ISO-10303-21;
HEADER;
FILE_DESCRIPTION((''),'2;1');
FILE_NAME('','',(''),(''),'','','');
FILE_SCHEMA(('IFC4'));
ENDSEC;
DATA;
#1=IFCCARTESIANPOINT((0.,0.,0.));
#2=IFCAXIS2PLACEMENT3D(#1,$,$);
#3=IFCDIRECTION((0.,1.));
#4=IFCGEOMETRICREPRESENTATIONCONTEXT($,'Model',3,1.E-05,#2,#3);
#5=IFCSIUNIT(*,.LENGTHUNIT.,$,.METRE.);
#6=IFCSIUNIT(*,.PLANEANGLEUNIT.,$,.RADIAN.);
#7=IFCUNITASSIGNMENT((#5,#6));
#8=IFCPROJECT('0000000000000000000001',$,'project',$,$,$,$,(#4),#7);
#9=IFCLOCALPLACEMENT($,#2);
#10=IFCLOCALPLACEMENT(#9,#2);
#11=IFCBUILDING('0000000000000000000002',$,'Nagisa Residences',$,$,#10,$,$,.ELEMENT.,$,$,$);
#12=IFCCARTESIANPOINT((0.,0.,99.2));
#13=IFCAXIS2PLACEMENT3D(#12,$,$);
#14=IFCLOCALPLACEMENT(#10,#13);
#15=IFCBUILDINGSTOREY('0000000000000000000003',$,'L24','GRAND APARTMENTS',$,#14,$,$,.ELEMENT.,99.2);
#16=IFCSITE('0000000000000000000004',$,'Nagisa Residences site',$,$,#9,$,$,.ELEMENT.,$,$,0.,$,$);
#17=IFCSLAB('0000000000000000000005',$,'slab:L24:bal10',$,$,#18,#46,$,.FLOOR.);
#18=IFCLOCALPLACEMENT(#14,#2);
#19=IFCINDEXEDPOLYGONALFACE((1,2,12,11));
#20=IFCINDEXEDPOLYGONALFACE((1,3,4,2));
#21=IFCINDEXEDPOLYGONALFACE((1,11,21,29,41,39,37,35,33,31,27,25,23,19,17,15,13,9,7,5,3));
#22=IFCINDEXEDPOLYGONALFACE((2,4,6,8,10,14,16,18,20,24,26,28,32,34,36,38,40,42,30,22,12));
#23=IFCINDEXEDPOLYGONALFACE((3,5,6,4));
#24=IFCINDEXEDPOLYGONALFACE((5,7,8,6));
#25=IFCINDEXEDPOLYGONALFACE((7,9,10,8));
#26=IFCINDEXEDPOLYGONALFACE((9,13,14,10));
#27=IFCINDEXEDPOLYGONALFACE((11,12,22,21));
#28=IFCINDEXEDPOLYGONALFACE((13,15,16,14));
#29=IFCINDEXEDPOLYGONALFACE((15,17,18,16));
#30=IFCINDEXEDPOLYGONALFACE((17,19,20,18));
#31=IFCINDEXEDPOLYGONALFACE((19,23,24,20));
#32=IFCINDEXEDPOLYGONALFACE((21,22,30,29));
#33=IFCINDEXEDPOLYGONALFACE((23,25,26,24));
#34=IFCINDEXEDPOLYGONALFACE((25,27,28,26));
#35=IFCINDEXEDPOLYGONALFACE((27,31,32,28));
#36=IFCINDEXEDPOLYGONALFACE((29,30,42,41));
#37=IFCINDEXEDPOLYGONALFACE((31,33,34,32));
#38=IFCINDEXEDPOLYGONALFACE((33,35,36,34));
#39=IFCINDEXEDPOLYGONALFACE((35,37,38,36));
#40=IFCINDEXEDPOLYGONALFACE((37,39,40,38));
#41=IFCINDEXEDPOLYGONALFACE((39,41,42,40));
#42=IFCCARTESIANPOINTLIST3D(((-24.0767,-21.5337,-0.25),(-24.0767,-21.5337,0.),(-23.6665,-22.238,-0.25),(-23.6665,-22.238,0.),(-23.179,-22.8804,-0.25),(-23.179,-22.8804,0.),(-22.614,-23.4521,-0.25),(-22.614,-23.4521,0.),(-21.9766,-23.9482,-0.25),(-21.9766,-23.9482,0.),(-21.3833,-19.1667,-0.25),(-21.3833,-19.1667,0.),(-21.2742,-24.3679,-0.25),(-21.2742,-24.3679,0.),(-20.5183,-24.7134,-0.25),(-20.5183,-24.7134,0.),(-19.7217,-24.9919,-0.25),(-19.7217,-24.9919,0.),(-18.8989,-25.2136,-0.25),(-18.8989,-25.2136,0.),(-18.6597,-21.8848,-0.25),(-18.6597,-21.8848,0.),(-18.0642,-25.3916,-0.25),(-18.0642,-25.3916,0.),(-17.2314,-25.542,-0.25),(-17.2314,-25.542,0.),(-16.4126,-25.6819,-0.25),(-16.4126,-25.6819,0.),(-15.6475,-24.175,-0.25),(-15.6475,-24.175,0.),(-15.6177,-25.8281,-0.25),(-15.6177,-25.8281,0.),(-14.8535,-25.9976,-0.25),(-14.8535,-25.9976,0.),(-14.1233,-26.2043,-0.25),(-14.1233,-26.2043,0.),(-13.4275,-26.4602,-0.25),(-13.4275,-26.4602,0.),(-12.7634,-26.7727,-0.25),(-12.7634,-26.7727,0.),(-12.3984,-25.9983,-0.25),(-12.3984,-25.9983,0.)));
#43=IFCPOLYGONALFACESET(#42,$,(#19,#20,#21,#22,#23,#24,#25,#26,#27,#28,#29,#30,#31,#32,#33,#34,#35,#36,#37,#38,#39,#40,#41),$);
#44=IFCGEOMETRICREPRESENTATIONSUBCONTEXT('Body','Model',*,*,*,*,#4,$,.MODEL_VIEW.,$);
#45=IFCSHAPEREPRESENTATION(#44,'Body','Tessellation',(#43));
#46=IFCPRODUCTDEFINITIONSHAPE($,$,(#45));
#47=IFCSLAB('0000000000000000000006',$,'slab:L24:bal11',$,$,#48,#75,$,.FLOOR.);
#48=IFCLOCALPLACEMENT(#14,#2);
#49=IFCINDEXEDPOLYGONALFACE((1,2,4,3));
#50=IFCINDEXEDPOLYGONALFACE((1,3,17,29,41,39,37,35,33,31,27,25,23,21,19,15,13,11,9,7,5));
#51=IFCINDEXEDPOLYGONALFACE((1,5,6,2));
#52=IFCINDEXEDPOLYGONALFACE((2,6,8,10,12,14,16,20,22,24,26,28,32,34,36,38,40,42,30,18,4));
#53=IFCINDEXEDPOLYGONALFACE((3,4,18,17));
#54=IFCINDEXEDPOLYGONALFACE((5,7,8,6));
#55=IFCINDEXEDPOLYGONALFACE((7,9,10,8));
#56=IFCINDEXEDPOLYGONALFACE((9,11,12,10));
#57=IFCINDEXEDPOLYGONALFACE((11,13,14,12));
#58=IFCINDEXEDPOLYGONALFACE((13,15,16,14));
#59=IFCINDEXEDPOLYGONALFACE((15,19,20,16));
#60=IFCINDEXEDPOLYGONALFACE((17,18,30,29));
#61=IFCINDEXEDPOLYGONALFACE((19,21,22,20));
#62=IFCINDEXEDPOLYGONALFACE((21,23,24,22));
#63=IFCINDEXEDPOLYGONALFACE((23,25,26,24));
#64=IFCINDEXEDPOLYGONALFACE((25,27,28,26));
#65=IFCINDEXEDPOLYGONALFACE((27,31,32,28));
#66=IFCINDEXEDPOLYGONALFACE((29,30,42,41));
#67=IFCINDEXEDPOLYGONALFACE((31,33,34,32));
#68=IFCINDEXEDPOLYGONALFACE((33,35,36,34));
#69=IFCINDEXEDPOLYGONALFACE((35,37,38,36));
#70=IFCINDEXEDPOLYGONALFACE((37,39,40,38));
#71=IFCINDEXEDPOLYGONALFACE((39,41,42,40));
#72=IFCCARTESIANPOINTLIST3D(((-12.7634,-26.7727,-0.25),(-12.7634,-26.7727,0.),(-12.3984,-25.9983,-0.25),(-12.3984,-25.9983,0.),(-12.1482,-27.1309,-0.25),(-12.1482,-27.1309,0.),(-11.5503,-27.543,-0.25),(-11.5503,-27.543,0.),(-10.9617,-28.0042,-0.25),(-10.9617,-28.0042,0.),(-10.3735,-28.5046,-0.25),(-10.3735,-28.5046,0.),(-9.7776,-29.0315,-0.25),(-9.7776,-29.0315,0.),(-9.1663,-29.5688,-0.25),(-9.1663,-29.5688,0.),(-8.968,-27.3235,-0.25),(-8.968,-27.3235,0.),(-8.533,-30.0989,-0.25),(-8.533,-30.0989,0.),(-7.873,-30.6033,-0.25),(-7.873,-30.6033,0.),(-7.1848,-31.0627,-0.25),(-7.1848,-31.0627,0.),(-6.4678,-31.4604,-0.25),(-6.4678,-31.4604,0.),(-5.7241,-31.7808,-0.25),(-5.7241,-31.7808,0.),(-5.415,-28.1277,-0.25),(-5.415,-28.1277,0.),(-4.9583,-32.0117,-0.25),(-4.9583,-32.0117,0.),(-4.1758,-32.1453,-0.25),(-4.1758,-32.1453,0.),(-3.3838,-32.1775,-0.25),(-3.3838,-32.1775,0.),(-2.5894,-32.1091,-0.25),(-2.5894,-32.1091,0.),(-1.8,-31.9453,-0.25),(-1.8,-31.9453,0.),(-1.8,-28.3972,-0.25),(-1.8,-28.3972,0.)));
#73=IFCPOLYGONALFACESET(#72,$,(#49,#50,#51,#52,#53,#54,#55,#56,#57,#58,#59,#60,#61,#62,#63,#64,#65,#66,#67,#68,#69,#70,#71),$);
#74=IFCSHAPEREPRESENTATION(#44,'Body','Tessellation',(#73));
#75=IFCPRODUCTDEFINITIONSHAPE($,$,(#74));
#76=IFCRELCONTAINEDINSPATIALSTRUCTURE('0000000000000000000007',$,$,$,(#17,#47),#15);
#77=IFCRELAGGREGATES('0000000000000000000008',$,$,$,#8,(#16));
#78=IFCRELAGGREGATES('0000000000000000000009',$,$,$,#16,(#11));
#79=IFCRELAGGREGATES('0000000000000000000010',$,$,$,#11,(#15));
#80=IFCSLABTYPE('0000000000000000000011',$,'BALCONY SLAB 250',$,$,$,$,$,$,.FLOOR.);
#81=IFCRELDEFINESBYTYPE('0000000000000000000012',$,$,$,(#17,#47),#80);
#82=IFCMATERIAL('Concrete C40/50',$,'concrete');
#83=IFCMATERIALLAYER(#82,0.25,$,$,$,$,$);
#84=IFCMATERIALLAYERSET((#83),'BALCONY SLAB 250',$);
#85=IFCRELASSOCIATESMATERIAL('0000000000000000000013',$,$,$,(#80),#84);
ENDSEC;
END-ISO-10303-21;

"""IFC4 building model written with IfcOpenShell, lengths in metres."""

from ifc_helpers import new_model, si_unit, direction, frame, origin, place, context, subcontext, project, spatial, polyline, outline, extrude, material, layer, layer_set, type_object, element, save


model = new_model("IFC4")

# Units and contexts
model_context = context("Model", 3, precision=1e-05, world=origin(), true_north=direction((0.0, 1.0)))
body_context = subcontext(model_context, "Body", "Model", "MODEL_VIEW")
ifc_project = project(units=[si_unit("LENGTHUNIT", "METRE"), si_unit("PLANEANGLEUNIT", "RADIAN")], contexts=[model_context])

# Site, building, storey
site_placement = place(None, origin())
site = spatial("IfcSite", under=ifc_project, at=site_placement, Name="Nagisa Residences site", CompositionType="ELEMENT", RefElevation=0.0)
building_placement = place(site_placement, origin())
building = spatial("IfcBuilding", under=site, at=building_placement, Name="Nagisa Residences", CompositionType="ELEMENT")
storey_placement = place(building_placement, frame((0.0, 0.0, 99.2)))
storey = spatial("IfcBuildingStorey", under=building, at=storey_placement, Name="L24", Description="GRAND APARTMENTS", CompositionType="ELEMENT", Elevation=99.2)

# Slabs
ifc_material = material(Name="Concrete C40/50", Category="concrete")
ifc_layer = layer(ifc_material, 0.25)
ifc_layer_set = layer_set([ifc_layer], Name="BALCONY SLAB 250")
slab_type = type_object("IfcSlabType", Name="BALCONY SLAB 250", PredefinedType="FLOOR", material=ifc_layer_set)
slab_1_placement = place(storey_placement, frame((0.0, 0.0, -0.25)))
element("IfcSlab", 1, at=slab_1_placement, inside=storey, type_object=slab_type, Name="slab:L24:bal10", PredefinedType="FLOOR", context=body_context, shape_type="SweptSolid", body=[
    extrude(outline(polyline([(-24.0767, -21.5337), (-23.6665, -22.238), (-23.179, -22.8804), (-22.614, -23.4521), (-21.9766, -23.9482), (-21.2742, -24.3679), (-20.5183, -24.7134), (-19.7217, -24.9919), (-18.8989, -25.2136), (-18.0642, -25.3916), (-17.2314, -25.542), (-16.4126, -25.6819), (-15.6177, -25.8281), (-14.8535, -25.9976), (-14.1233, -26.2043), (-13.4275, -26.4602), (-12.7634, -26.7727), (-12.3984, -25.9983), (-15.6475, -24.175), (-18.6597, -21.8848), (-21.3833, -19.1667), (-24.0767, -21.5337)])), origin(), (0.0, 0.0, 1.0), 0.25),
])
slab_2_placement = place(storey_placement, frame((0.0, 0.0, -0.25)))
element("IfcSlab", 2, at=slab_2_placement, inside=storey, type_object=slab_type, Name="slab:L24:bal11", PredefinedType="FLOOR", context=body_context, shape_type="SweptSolid", body=[
    extrude(outline(polyline([(-12.7634, -26.7727), (-12.1482, -27.1309), (-11.5503, -27.543), (-10.9617, -28.0042), (-10.3735, -28.5046), (-9.7776, -29.0315), (-9.1663, -29.5688), (-8.533, -30.0989), (-7.873, -30.6033), (-7.1848, -31.0627), (-6.4678, -31.4604), (-5.7241, -31.7808), (-4.9583, -32.0117), (-4.1758, -32.1453), (-3.3838, -32.1775), (-2.5894, -32.1091), (-1.8, -31.9453), (-1.8, -28.3972), (-5.415, -28.1277), (-8.968, -27.3235), (-12.3984, -25.9983), (-12.7634, -26.7727)])), origin(), (0.0, 0.0, 1.0), 0.25),
])

save(model, "model.ifc")
